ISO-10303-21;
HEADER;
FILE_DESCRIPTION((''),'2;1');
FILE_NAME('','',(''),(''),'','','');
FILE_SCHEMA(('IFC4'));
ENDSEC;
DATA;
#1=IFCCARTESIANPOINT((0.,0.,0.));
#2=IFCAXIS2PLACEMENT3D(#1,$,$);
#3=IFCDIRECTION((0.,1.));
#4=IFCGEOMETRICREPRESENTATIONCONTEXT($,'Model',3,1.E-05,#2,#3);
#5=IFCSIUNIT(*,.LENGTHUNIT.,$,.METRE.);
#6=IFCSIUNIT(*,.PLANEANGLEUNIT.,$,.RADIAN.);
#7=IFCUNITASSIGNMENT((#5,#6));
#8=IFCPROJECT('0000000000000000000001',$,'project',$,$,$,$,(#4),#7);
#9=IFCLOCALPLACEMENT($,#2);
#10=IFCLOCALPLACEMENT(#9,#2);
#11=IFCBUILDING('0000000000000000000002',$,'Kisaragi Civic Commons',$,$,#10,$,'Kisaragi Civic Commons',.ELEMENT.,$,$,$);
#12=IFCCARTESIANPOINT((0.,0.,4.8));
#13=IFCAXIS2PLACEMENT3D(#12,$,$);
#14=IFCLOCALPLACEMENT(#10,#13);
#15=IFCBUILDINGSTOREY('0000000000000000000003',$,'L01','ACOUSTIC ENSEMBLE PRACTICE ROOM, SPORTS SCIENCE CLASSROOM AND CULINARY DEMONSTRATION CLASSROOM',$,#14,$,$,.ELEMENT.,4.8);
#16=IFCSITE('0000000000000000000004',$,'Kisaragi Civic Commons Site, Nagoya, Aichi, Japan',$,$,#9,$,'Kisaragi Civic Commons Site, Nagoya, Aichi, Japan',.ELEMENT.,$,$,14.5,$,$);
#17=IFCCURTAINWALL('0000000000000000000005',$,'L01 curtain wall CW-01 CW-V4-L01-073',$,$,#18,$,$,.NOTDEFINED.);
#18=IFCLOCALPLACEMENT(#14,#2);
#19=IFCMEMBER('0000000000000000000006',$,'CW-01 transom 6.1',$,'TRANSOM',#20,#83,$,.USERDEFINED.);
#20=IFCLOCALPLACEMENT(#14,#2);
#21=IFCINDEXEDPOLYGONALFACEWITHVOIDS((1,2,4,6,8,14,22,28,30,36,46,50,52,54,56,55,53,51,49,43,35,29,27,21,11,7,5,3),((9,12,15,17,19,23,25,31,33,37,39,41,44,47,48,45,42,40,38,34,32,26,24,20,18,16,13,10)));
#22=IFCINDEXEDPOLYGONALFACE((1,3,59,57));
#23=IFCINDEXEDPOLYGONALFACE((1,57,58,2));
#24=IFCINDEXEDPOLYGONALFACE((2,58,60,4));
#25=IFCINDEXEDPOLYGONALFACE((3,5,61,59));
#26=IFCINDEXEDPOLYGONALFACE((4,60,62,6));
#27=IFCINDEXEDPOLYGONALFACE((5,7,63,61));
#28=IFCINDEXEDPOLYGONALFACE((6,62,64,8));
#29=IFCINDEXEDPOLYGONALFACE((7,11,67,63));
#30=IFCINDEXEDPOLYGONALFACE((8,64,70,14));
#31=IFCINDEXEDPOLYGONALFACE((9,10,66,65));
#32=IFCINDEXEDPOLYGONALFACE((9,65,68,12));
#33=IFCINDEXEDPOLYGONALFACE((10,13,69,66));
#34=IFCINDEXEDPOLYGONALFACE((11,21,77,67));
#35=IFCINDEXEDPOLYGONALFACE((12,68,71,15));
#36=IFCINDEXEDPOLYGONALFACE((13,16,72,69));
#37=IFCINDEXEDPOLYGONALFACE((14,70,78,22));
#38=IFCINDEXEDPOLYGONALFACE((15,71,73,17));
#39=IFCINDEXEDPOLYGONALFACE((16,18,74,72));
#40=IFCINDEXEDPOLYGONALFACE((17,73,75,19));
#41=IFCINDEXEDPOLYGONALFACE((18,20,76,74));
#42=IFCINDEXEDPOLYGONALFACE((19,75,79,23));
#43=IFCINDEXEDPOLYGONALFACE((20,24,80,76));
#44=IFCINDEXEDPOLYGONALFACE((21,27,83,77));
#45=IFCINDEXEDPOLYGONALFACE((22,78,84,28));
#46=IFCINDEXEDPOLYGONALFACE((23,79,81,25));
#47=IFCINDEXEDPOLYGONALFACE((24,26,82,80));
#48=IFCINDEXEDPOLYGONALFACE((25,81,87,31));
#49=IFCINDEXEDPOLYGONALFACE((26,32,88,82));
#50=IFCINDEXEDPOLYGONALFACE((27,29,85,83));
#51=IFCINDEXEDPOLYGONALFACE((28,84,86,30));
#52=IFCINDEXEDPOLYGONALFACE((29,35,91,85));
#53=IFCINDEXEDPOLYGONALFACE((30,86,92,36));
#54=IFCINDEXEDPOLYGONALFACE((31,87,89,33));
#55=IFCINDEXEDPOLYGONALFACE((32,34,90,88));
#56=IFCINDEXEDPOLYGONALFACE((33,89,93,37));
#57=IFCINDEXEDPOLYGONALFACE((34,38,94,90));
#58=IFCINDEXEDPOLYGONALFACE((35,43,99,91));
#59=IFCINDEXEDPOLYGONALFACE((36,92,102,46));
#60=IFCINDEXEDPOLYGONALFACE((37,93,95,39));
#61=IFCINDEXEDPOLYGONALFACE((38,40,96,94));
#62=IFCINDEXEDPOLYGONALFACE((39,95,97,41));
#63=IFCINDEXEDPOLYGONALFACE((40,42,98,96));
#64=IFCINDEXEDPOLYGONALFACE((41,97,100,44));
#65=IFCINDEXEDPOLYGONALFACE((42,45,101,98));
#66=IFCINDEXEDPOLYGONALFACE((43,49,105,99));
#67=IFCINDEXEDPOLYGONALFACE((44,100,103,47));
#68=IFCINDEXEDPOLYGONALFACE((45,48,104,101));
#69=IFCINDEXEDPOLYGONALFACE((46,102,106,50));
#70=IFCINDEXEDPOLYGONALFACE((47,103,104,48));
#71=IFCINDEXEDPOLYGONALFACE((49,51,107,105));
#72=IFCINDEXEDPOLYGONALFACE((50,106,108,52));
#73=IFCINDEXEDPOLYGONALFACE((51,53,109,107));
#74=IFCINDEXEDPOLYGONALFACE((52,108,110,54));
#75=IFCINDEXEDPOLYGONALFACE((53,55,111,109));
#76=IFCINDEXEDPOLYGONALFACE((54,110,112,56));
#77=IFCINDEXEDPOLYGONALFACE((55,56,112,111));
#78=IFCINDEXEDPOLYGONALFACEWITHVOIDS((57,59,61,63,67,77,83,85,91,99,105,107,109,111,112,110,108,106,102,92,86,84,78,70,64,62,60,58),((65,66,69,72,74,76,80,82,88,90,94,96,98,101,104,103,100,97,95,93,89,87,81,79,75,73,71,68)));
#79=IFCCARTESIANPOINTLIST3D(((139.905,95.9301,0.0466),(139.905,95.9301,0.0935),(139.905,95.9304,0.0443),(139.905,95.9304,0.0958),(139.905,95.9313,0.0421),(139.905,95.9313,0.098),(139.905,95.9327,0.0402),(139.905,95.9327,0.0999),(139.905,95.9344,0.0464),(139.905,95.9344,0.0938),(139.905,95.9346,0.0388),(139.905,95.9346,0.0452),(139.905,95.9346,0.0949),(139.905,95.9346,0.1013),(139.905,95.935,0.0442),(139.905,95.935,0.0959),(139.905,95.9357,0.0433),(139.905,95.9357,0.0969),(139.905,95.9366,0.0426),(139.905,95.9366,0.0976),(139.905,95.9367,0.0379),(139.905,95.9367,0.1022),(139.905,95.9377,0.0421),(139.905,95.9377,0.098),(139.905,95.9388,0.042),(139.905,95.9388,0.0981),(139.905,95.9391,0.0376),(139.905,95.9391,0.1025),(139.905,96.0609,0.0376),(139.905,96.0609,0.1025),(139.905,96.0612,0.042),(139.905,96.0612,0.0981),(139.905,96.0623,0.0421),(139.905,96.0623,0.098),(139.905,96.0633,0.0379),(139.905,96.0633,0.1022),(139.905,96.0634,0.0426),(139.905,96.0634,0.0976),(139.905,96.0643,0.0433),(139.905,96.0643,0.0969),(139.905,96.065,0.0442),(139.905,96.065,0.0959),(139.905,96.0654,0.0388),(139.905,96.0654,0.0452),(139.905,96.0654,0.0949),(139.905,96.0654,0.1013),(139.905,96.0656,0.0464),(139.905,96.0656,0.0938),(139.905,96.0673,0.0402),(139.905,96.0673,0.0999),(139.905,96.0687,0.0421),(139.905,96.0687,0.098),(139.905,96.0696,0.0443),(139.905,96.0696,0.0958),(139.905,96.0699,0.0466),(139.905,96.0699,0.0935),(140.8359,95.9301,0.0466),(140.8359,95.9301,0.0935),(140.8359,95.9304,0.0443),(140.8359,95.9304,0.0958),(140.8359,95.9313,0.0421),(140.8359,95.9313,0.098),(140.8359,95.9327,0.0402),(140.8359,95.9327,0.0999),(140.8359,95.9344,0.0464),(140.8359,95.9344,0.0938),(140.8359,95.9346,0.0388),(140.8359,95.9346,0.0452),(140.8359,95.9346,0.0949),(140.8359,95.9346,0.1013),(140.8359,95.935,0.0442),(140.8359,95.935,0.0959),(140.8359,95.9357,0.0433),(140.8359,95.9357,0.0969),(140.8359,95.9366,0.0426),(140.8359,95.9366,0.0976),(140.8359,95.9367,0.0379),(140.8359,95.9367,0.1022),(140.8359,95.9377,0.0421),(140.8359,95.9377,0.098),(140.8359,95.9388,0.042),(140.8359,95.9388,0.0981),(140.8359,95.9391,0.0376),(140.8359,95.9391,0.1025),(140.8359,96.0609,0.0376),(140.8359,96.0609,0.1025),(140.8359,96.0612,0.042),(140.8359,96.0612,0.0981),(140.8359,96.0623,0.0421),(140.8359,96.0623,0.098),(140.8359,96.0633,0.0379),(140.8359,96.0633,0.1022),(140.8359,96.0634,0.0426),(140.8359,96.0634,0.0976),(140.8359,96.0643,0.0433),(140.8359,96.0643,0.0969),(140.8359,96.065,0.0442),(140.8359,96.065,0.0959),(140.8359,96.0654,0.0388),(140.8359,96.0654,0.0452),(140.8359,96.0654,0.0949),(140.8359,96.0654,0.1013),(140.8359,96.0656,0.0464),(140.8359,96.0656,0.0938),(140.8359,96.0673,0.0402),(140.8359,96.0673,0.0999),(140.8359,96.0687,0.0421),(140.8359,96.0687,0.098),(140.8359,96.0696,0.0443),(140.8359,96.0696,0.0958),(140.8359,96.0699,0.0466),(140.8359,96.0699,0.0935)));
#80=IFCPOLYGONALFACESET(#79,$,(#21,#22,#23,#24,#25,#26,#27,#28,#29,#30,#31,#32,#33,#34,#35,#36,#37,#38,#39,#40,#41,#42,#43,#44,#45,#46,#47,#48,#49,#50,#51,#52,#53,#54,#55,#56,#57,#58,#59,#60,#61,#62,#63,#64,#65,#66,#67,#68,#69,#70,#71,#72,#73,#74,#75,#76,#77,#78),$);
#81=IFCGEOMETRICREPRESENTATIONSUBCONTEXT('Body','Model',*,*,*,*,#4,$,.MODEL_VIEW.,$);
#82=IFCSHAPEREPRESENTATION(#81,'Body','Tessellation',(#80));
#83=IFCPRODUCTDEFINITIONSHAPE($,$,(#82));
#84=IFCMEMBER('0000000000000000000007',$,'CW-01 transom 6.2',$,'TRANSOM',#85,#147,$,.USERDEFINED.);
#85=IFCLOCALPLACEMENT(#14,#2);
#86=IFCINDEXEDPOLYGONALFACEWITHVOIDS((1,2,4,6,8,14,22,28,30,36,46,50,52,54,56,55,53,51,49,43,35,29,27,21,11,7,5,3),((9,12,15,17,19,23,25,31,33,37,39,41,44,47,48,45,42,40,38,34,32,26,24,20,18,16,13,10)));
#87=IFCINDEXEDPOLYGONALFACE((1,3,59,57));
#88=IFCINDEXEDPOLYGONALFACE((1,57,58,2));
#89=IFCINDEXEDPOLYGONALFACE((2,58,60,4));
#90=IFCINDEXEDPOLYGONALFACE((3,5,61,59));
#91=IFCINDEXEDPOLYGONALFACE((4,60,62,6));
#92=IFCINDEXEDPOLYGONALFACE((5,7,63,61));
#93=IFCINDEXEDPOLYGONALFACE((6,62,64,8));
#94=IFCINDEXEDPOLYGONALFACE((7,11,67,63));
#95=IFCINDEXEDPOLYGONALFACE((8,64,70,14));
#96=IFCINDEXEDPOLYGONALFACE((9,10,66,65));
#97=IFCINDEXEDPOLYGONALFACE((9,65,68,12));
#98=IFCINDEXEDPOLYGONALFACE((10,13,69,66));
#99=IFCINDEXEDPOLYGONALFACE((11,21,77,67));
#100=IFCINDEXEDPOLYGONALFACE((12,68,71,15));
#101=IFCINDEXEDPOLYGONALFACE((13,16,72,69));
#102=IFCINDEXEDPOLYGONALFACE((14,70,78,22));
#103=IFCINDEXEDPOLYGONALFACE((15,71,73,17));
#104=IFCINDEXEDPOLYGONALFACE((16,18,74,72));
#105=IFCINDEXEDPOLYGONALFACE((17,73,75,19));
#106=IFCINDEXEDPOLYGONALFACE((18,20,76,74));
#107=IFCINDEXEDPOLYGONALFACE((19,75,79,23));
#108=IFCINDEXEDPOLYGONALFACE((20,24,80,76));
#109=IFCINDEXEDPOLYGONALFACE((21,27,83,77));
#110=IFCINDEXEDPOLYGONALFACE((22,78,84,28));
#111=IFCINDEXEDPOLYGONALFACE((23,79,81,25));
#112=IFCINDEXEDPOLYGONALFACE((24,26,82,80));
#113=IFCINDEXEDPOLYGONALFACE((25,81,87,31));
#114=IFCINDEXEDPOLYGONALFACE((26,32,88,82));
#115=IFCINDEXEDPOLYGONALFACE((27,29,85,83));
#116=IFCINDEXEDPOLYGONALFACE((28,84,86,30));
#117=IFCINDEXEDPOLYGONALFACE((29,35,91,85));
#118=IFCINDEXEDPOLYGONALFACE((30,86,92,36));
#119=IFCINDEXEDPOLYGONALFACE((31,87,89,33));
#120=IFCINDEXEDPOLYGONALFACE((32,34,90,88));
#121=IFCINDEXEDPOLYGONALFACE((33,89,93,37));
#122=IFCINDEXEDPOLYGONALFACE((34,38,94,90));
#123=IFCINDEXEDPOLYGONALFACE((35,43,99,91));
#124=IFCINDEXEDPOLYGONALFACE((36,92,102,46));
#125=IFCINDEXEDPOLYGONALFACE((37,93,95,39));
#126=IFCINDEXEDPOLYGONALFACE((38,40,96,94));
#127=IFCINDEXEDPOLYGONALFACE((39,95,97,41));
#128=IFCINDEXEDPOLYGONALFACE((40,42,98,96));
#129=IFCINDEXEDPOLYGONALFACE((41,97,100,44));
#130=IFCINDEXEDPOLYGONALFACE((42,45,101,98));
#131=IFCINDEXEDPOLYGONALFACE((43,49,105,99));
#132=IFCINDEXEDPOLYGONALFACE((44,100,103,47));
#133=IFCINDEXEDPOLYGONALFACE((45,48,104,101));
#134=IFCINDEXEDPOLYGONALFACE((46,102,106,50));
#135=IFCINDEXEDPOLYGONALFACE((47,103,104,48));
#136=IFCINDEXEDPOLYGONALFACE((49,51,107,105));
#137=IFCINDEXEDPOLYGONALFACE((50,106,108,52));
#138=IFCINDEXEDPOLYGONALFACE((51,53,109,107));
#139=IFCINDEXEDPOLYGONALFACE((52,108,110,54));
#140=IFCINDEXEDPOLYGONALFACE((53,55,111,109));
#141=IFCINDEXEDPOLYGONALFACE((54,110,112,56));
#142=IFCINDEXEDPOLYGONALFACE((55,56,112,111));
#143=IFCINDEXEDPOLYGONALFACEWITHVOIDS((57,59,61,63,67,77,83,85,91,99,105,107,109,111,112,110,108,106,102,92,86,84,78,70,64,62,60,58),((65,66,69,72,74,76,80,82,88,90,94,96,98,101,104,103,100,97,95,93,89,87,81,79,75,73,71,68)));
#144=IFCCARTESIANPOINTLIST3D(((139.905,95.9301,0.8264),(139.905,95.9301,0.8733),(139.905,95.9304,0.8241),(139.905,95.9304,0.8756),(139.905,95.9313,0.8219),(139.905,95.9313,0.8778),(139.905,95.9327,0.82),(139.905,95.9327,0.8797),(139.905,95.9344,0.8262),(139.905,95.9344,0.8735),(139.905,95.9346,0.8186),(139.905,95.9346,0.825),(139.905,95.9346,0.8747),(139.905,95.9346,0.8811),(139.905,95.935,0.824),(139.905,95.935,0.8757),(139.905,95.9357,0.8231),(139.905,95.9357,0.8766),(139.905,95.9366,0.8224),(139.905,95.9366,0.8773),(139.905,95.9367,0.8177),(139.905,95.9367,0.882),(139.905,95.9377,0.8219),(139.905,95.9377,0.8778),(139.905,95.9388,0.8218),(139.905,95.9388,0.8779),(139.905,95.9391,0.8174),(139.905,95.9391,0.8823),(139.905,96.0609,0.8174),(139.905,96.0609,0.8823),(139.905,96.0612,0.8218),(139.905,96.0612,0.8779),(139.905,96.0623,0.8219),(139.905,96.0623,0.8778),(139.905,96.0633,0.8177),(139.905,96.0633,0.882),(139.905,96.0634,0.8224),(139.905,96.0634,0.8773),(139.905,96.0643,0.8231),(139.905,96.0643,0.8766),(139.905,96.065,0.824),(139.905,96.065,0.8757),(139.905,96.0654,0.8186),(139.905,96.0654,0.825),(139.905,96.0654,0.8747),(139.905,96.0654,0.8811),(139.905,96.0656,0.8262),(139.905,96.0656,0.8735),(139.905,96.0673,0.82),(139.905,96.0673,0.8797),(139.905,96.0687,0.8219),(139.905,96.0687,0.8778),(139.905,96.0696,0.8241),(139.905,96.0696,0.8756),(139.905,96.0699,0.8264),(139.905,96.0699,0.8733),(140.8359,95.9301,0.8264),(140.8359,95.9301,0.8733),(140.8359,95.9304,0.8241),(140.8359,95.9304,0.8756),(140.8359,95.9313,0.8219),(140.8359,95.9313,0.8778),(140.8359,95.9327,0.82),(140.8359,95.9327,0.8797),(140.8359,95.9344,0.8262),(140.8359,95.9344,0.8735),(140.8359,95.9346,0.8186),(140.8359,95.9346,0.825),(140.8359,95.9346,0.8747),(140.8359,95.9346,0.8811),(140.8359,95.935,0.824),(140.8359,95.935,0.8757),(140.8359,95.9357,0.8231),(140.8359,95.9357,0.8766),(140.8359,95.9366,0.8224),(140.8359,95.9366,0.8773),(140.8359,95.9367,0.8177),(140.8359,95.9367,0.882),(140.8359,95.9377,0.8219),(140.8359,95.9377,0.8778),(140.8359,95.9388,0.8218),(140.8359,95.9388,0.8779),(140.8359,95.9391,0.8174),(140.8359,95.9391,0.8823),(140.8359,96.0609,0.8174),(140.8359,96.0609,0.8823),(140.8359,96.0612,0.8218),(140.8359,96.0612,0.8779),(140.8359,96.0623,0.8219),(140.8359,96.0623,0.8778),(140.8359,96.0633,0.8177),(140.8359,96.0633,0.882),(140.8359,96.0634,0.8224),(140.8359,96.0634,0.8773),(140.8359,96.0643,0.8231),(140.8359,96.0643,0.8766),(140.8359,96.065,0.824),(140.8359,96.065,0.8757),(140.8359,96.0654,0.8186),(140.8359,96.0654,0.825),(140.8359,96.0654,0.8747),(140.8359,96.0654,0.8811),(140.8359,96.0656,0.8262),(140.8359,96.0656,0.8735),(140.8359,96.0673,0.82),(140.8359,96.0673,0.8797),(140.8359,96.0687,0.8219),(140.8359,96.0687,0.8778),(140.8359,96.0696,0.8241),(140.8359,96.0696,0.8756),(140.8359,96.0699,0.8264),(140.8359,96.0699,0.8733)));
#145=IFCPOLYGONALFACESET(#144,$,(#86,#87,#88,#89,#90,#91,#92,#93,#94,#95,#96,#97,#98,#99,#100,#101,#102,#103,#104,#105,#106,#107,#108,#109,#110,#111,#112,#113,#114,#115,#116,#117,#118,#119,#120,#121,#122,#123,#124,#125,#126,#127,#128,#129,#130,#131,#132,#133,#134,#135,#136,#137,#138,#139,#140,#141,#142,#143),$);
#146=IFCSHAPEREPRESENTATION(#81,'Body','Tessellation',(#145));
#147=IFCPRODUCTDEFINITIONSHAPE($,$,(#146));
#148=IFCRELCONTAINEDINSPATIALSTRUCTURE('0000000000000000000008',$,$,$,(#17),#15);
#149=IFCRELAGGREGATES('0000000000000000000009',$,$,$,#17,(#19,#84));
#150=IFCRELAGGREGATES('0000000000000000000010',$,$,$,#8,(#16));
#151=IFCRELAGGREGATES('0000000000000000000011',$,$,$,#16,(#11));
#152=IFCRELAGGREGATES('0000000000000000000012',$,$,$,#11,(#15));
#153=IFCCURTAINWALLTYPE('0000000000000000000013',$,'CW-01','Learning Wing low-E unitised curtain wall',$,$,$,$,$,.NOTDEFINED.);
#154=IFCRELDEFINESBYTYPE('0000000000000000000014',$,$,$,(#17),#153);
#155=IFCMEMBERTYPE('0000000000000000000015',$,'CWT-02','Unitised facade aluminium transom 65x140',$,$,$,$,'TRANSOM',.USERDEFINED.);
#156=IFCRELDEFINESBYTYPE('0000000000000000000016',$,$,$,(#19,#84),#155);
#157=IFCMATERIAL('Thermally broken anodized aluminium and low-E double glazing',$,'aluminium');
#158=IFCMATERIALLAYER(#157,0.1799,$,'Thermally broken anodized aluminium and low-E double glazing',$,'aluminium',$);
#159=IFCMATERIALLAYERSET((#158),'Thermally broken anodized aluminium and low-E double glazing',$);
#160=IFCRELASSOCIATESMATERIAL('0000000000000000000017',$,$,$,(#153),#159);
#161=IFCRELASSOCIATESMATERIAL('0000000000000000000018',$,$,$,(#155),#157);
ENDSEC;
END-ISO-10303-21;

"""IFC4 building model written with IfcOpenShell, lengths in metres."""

from ifc_helpers import new_model, si_unit, direction, frame, origin, origin_2d, place, context, subcontext, project, spatial, hollow_rectangle, extrude, material, layer, layer_set, material_profile, profile_set, type_object, element, aggregate, save


model = new_model("IFC4")

# Units and contexts
model_context = context("Model", 3, precision=1e-05, world=origin(), true_north=direction((0.0, 1.0)))
body_context = subcontext(model_context, "Body", "Model", "MODEL_VIEW")
ifc_project = project(units=[si_unit("LENGTHUNIT", "METRE"), si_unit("PLANEANGLEUNIT", "RADIAN")], contexts=[model_context])

# Site, building, storey
site_placement = place(None, origin())
site = spatial("IfcSite", under=ifc_project, at=site_placement, Name="Kisaragi Civic Commons Site, Nagoya, Aichi, Japan", LongName="Kisaragi Civic Commons Site, Nagoya, Aichi, Japan", CompositionType="ELEMENT", RefElevation=14.5)
building_placement = place(site_placement, origin())
building = spatial("IfcBuilding", under=site, at=building_placement, Name="Kisaragi Civic Commons", LongName="Kisaragi Civic Commons", CompositionType="ELEMENT")
storey_placement = place(building_placement, frame((0.0, 0.0, 4.8)))
storey = spatial("IfcBuildingStorey", under=building, at=storey_placement, Name="L01", Description="ACOUSTIC ENSEMBLE PRACTICE ROOM, SPORTS SCIENCE CLASSROOM AND CULINARY DEMONSTRATION CLASSROOM", CompositionType="ELEMENT", Elevation=4.8)

# Curtain wall
ifc_material = material(Name="Thermally broken anodized aluminium and low-E double glazing", Category="aluminium")
ifc_layer_1 = layer(ifc_material, 0.1799, Name="Thermally broken anodized aluminium and low-E double glazing", Category="aluminium")
ifc_layer_set_1 = layer_set([ifc_layer_1], Name="Thermally broken anodized aluminium and low-E double glazing")
curtain_wall_type = type_object("IfcCurtainWallType", Name="CW-01", Description="Learning Wing low-E unitised curtain wall", PredefinedType="NOTDEFINED", material=ifc_layer_set_1)
curtain_wall_1_placement = place(storey_placement, origin())
curtain_wall_1 = element("IfcCurtainWall", 1, at=curtain_wall_1_placement, inside=storey, type_object=curtain_wall_type, Name="L01 curtain wall CW-01 CW-V4-L01-073", PredefinedType="NOTDEFINED")

# Members
ifc_material_profile_1 = material_profile(ifc_material, hollow_rectangle(XDim=0.1399, YDim=0.0649, WallThickness=0.0044, InnerFilletRadius=0.0044, OuterFilletRadius=0.009, at=origin_2d()), Name="CWT-65x140x4.5", Category="aluminium")
ifc_profile_set_1 = profile_set([ifc_material_profile_1], Name="Thermally broken anodized aluminium and low-E double glazing")
member_type_1 = type_object("IfcMemberType", Name="CWT-02", Description="Unitised facade aluminium transom 65x140", ElementType="TRANSOM", PredefinedType="USERDEFINED", material=ifc_profile_set_1)
member_1_placement = place(storey_placement, frame((140.8359, 96.0, 0.0701), z_axis=(-1.0, 0.0, 0.0), x_axis=(0.0, -1.0, 0.0)))
member_1 = element("IfcMember", 2, at=member_1_placement, type_object=member_type_1, Name="CW-01 transom 6.1", ObjectType="TRANSOM", PredefinedType="USERDEFINED", context=body_context, shape_type="SweptSolid", body=[
    extrude(hollow_rectangle(XDim=0.1399, YDim=0.0649, WallThickness=0.0044, InnerFilletRadius=0.0044, OuterFilletRadius=0.009, at=origin_2d()), origin(), (0.0, 0.0, 1.0), 0.9309),
])
member_2_placement = place(storey_placement, frame((140.8359, 96.0, 0.8499), z_axis=(-1.0, 0.0, 0.0), x_axis=(0.0, -1.0, 0.0)))
member_2 = element("IfcMember", 3, at=member_2_placement, type_object=member_type_1, Name="CW-01 transom 6.2", ObjectType="TRANSOM", PredefinedType="USERDEFINED", context=body_context, shape_type="SweptSolid", body=[
    extrude(hollow_rectangle(XDim=0.1399, YDim=0.0649, WallThickness=0.0044, InnerFilletRadius=0.0044, OuterFilletRadius=0.009, at=origin_2d()), origin(), (0.0, 0.0, 1.0), 0.9309),
])

aggregate(curtain_wall_1, [member_1, member_2])

save(model, "model.ifc")
